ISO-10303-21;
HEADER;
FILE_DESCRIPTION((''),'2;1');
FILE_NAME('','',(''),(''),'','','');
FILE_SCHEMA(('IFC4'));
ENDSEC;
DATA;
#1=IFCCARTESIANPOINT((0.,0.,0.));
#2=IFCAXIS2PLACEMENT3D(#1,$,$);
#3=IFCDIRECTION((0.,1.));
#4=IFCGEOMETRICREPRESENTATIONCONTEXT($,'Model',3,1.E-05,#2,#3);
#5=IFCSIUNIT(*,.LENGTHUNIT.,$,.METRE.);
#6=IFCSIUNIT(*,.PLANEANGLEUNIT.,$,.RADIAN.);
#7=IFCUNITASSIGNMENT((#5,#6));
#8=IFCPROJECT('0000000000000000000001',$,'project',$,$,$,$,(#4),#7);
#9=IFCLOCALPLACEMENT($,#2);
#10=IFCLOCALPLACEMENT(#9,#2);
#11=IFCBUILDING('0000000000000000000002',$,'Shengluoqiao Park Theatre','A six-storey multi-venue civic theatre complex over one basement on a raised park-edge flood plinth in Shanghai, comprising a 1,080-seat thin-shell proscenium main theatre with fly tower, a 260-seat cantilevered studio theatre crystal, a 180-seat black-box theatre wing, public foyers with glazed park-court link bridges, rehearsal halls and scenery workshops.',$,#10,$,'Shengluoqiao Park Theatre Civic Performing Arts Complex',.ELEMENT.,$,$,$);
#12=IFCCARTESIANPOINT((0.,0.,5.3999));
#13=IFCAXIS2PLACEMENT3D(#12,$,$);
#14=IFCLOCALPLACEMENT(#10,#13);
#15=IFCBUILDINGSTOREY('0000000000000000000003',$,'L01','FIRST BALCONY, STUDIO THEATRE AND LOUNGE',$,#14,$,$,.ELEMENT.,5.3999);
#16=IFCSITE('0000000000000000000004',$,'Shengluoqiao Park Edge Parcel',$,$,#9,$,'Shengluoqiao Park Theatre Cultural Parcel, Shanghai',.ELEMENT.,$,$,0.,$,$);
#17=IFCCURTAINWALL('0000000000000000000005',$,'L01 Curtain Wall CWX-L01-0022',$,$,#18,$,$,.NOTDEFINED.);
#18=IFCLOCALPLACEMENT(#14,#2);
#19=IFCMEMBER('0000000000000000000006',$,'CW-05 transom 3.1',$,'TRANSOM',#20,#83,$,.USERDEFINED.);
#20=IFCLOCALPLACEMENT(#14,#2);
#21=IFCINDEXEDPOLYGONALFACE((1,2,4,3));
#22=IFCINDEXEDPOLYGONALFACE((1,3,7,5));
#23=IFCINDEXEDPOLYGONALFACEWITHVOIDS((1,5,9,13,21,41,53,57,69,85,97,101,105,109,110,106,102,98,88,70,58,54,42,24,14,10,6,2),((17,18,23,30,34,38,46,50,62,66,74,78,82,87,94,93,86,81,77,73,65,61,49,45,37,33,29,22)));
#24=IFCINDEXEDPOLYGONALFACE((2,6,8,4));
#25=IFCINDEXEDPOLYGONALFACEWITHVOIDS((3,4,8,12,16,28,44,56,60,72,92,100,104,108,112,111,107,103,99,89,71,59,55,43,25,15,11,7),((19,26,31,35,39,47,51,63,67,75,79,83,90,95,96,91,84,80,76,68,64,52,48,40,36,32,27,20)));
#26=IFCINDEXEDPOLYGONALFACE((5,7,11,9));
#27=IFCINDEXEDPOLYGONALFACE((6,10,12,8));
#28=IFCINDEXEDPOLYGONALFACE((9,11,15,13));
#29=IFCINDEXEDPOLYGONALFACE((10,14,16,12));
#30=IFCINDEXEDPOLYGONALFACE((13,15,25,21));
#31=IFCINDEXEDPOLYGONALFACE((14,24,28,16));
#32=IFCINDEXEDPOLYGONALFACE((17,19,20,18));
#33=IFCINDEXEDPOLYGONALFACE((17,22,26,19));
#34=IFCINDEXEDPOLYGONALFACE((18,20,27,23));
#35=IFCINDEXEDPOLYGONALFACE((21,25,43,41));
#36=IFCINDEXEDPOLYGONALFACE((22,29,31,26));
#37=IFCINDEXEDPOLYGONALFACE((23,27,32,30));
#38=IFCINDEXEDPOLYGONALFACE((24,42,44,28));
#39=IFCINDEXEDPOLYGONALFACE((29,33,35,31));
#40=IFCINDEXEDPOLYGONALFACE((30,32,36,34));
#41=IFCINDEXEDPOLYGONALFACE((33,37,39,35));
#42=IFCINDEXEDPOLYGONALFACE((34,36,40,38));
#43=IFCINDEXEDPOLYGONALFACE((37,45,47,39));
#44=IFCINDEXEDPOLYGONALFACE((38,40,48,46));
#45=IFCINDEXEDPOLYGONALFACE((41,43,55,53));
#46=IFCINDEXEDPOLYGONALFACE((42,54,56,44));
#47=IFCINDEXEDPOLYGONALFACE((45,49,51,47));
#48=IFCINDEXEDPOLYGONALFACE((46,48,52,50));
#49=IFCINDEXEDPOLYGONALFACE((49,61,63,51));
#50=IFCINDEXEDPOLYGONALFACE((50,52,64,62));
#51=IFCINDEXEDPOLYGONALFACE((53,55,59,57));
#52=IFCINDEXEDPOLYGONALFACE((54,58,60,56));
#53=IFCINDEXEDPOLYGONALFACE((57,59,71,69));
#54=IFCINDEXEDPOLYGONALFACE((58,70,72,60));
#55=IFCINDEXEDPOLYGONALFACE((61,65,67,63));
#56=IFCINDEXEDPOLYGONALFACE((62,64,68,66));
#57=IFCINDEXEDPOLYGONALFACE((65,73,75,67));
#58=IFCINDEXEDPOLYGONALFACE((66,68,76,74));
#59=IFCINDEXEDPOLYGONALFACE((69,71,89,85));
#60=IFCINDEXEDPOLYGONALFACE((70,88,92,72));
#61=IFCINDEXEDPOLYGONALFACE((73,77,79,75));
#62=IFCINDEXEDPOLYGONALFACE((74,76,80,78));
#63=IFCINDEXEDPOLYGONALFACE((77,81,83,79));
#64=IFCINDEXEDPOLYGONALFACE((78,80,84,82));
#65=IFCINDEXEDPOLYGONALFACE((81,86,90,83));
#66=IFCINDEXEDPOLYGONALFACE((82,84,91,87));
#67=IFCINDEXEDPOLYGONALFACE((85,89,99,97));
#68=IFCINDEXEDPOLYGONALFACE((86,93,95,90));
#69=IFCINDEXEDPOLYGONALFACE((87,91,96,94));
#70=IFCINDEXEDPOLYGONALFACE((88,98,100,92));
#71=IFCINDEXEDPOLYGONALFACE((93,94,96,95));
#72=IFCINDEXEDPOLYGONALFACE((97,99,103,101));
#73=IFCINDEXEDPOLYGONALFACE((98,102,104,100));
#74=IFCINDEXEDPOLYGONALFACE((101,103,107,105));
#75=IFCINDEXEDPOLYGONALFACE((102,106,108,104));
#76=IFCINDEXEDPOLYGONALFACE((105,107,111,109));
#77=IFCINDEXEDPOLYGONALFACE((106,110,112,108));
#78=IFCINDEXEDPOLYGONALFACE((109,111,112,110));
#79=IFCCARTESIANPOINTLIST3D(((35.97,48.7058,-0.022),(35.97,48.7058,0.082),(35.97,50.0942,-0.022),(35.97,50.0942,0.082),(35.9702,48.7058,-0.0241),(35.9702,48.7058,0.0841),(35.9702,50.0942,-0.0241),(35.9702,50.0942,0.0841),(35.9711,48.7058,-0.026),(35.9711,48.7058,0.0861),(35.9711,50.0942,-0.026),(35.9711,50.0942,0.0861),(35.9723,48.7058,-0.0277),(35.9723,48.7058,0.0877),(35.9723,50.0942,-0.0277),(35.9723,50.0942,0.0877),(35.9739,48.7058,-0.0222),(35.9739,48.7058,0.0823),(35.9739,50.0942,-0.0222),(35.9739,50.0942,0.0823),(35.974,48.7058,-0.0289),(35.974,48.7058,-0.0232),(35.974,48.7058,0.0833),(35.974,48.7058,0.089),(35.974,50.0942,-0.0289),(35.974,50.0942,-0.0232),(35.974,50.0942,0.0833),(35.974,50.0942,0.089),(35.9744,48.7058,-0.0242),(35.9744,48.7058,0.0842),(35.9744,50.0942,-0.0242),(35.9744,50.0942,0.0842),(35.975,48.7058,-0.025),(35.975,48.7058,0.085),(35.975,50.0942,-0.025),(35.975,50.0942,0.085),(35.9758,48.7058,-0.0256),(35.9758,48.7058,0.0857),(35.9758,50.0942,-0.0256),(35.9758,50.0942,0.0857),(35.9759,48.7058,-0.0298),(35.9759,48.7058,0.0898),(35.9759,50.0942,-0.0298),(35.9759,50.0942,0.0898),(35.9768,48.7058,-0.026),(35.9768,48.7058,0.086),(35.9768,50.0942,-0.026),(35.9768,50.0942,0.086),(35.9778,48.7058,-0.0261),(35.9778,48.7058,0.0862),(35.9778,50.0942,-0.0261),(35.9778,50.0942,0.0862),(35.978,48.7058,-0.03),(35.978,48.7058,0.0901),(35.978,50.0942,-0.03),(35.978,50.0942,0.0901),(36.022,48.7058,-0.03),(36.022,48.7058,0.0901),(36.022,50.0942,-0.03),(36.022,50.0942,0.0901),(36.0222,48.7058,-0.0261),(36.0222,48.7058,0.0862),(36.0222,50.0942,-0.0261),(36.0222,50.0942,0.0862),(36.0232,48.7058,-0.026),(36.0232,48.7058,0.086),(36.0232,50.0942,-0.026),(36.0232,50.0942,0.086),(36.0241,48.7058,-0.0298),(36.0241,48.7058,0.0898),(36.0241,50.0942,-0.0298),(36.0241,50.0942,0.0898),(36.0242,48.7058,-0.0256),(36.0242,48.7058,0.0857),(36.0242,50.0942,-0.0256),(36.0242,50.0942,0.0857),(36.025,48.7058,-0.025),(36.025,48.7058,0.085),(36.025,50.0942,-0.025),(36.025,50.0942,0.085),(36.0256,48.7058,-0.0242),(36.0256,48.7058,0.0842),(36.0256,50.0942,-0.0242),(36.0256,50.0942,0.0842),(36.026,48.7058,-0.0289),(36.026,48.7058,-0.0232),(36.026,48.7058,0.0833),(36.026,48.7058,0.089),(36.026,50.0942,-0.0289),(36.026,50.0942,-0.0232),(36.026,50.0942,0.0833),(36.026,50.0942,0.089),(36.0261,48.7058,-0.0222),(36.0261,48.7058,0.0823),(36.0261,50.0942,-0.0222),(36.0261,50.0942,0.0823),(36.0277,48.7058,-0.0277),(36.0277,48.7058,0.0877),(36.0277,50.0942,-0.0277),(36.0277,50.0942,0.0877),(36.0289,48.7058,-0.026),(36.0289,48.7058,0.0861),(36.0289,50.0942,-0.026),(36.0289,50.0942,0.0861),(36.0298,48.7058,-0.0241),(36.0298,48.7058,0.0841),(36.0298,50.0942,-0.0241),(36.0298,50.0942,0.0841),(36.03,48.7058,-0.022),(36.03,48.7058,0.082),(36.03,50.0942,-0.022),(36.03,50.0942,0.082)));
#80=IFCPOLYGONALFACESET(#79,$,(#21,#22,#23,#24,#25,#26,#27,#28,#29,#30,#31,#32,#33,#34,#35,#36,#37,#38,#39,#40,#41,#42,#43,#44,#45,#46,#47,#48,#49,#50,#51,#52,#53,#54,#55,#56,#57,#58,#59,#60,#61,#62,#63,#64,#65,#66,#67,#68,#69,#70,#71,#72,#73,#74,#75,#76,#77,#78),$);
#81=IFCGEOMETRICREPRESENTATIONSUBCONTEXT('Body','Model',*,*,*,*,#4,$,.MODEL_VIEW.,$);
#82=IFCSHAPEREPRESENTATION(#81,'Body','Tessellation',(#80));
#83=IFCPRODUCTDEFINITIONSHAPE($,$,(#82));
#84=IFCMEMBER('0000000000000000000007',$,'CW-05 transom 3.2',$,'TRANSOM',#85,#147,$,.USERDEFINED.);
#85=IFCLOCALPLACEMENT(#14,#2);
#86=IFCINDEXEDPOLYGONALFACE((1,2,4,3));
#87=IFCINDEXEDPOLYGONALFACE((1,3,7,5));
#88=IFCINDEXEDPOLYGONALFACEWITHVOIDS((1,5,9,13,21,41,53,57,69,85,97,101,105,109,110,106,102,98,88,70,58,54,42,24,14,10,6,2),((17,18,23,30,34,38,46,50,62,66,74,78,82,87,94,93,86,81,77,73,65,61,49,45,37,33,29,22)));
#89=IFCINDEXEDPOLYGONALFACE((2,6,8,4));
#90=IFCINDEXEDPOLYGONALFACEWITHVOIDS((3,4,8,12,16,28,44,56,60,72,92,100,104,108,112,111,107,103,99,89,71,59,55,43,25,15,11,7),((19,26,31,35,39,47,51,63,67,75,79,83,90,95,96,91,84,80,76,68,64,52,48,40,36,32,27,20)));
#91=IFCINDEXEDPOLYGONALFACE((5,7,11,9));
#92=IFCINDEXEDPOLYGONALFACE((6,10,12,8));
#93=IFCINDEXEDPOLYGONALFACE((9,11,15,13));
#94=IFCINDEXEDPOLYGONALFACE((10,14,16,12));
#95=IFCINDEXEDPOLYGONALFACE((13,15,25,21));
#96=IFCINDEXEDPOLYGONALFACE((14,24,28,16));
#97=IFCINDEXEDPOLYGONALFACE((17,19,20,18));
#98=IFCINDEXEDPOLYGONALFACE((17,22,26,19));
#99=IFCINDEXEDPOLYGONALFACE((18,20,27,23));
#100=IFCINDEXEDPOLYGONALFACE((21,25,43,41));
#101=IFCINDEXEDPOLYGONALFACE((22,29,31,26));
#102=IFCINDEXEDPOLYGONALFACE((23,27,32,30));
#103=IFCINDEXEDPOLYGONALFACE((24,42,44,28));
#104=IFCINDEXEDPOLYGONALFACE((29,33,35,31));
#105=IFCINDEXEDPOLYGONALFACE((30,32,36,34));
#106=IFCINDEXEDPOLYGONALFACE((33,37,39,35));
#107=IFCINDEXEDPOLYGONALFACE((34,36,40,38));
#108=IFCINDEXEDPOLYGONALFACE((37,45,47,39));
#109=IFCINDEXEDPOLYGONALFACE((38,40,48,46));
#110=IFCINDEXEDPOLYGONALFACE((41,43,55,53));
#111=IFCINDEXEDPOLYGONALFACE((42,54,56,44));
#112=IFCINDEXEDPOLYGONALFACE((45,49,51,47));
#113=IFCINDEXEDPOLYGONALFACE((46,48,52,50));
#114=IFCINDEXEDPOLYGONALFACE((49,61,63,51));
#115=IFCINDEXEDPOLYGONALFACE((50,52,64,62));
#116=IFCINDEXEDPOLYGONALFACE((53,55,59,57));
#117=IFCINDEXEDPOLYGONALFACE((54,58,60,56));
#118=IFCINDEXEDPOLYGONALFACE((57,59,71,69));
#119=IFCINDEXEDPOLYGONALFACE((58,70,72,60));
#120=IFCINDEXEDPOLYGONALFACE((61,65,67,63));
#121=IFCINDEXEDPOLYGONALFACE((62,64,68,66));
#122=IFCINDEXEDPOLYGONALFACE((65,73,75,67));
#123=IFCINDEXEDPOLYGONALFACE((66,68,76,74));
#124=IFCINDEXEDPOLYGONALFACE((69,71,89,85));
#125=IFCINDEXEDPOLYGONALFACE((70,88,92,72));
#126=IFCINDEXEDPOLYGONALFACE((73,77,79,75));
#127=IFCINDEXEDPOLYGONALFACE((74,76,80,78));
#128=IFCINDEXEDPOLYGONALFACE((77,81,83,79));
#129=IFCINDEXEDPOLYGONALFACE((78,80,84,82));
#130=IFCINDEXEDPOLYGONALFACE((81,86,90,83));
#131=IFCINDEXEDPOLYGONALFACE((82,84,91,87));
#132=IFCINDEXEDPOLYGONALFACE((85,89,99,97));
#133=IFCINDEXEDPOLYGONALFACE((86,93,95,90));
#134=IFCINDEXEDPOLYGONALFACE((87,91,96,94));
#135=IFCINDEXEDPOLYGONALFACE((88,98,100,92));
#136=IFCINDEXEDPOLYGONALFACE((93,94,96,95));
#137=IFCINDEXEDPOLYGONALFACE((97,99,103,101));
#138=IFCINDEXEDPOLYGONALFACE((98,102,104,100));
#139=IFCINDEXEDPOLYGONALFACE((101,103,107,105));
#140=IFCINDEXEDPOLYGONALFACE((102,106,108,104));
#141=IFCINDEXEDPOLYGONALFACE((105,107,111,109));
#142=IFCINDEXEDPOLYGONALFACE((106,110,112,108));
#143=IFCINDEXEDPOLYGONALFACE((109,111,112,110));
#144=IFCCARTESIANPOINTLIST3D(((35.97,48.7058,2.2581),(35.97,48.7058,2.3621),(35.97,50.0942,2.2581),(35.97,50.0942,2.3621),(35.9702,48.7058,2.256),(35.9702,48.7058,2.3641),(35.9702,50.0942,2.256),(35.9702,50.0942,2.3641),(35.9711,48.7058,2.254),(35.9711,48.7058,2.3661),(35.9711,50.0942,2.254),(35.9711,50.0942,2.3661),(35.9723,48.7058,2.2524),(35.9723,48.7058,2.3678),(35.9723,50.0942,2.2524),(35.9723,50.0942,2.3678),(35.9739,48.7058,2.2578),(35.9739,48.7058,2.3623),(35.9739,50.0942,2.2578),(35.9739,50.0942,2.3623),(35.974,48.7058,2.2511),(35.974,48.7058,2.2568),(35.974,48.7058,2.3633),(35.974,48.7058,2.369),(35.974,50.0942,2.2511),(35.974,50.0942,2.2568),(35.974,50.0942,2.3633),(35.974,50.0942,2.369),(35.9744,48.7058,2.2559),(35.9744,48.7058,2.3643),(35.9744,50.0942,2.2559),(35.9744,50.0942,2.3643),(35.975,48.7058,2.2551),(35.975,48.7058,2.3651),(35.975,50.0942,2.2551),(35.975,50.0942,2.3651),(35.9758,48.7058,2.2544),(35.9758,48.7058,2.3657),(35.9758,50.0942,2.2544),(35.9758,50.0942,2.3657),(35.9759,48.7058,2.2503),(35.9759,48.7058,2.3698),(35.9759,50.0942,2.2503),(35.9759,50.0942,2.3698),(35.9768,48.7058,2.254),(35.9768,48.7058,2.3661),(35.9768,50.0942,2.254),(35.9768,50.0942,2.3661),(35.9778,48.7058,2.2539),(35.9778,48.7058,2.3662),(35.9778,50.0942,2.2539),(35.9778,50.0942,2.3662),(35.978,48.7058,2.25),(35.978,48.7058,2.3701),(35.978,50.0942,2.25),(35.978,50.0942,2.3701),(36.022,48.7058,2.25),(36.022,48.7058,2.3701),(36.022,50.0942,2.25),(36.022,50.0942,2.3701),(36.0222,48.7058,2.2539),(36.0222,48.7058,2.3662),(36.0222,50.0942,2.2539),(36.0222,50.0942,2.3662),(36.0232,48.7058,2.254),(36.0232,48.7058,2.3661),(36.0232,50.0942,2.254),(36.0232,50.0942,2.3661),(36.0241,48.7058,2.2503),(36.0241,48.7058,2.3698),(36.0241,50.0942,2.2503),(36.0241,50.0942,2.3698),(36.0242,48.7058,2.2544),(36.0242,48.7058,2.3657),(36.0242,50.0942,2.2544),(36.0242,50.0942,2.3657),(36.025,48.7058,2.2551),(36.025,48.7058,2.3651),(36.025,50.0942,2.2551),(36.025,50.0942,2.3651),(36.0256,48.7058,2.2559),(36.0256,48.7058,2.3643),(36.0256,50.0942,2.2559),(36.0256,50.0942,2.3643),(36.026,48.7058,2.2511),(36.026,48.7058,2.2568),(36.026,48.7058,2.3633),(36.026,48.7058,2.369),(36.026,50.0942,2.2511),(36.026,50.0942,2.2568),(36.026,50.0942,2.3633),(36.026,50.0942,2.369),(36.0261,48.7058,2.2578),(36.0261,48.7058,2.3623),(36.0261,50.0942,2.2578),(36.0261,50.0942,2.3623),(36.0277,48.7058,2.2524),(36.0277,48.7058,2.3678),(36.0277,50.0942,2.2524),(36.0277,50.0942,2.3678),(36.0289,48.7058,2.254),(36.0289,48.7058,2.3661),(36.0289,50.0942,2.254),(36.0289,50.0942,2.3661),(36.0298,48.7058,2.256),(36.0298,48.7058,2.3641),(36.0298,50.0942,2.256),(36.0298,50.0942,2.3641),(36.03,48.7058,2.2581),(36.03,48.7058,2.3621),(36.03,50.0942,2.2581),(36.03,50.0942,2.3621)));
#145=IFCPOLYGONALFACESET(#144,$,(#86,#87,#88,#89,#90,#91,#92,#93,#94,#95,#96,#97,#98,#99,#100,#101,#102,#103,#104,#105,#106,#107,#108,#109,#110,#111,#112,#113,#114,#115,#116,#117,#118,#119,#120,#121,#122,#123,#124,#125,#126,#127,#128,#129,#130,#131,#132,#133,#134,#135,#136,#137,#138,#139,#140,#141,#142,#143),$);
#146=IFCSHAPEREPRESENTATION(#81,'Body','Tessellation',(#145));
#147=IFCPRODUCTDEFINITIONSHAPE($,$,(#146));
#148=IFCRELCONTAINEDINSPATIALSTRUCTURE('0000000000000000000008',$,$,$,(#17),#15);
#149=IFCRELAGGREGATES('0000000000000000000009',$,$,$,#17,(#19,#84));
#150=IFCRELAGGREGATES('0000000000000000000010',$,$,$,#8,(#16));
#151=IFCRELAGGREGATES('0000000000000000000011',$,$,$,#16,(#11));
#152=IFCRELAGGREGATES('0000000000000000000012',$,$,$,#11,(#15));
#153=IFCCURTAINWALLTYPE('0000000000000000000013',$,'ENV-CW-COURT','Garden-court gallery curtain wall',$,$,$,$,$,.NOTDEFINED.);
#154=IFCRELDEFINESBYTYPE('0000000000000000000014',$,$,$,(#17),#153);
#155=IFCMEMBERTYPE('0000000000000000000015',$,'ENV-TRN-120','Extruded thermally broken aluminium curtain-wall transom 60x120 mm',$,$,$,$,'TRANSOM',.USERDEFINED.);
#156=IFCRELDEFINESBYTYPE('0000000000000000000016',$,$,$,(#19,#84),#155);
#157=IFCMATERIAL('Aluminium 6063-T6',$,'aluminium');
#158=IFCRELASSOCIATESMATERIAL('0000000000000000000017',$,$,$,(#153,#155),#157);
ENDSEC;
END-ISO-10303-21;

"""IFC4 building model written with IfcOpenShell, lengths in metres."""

from ifc_helpers import new_model, si_unit, direction, frame, origin, origin_2d, place, context, subcontext, project, spatial, hollow_rectangle, extrude, material, material_profile, profile_set, type_object, element, aggregate, save


model = new_model("IFC4")

# Units and contexts
model_context = context("Model", 3, precision=1e-05, world=origin(), true_north=direction((0.0, 1.0)))
body_context = subcontext(model_context, "Body", "Model", "MODEL_VIEW")
ifc_project = project(units=[si_unit("LENGTHUNIT", "METRE"), si_unit("PLANEANGLEUNIT", "RADIAN")], contexts=[model_context])

# Site, building, storey
site_placement = place(None, origin())
site = spatial("IfcSite", under=ifc_project, at=site_placement, Name="Shengluoqiao Park Edge Parcel", LongName="Shengluoqiao Park Theatre Cultural Parcel, Shanghai", CompositionType="ELEMENT", RefElevation=0.0)
building_placement = place(site_placement, origin())
building = spatial("IfcBuilding", under=site, at=building_placement, Name="Shengluoqiao Park Theatre", Description="A six-storey multi-venue civic theatre complex over one basement on a raised park-edge flood plinth in Shanghai, comprising a 1,080-seat thin-shell proscenium main theatre with fly tower, a 260-seat cantilevered studio theatre crystal, a 180-seat black-box theatre wing, public foyers with glazed park-court link bridges, rehearsal halls and scenery workshops.", LongName="Shengluoqiao Park Theatre Civic Performing Arts Complex", CompositionType="ELEMENT")
storey_placement = place(building_placement, frame((0.0, 0.0, 5.3999)))
storey = spatial("IfcBuildingStorey", under=building, at=storey_placement, Name="L01", Description="FIRST BALCONY, STUDIO THEATRE AND LOUNGE", CompositionType="ELEMENT", Elevation=5.3999)

# Curtain wall
ifc_material_1 = material(Name="Aluminium 6063-T6", Category="aluminium")
curtain_wall_type_1 = type_object("IfcCurtainWallType", Name="ENV-CW-COURT", Description="Garden-court gallery curtain wall", PredefinedType="NOTDEFINED", material=ifc_material_1)
curtain_wall_1_placement = place(storey_placement, origin())
curtain_wall_1 = element("IfcCurtainWall", 1, at=curtain_wall_1_placement, inside=storey, type_object=curtain_wall_type_1, Name="L01 Curtain Wall CWX-L01-0022", PredefinedType="NOTDEFINED")

# Members
ifc_material_profile_1 = material_profile(ifc_material_1, hollow_rectangle(XDim=0.0601, YDim=0.1201, WallThickness=0.0039, InnerFilletRadius=0.0039, OuterFilletRadius=0.0081, at=origin_2d()), Name="ALU TRANSOM 120x60x4")
ifc_profile_set_1 = profile_set([ifc_material_profile_1], Name="Aluminium 6063-T6")
member_type_1 = type_object("IfcMemberType", Name="ENV-TRN-120", Description="Extruded thermally broken aluminium curtain-wall transom 60x120 mm", ElementType="TRANSOM", PredefinedType="USERDEFINED", material=ifc_profile_set_1)
member_1_placement = place(storey_placement, frame((36.0, 48.7058, 0.03), z_axis=(0.0, 1.0, 0.0), x_axis=(-1.0, 0.0, 0.0)))
member_1 = element("IfcMember", 2, at=member_1_placement, type_object=member_type_1, Name="CW-05 transom 3.1", ObjectType="TRANSOM", PredefinedType="USERDEFINED", context=body_context, shape_type="SweptSolid", body=[
    extrude(hollow_rectangle(XDim=0.0601, YDim=0.1201, WallThickness=0.0039, InnerFilletRadius=0.0039, OuterFilletRadius=0.0081, at=origin_2d()), origin(), (0.0, 0.0, 1.0), 1.3884),
])
member_2_placement = place(storey_placement, frame((36.0, 48.7058, 2.3101), z_axis=(0.0, 1.0, 0.0), x_axis=(-1.0, 0.0, 0.0)))
member_2 = element("IfcMember", 3, at=member_2_placement, type_object=member_type_1, Name="CW-05 transom 3.2", ObjectType="TRANSOM", PredefinedType="USERDEFINED", context=body_context, shape_type="SweptSolid", body=[
    extrude(hollow_rectangle(XDim=0.0601, YDim=0.1201, WallThickness=0.0039, InnerFilletRadius=0.0039, OuterFilletRadius=0.0081, at=origin_2d()), origin(), (0.0, 0.0, 1.0), 1.3884),
])

aggregate(curtain_wall_1, [member_1, member_2])

save(model, "model.ifc")
